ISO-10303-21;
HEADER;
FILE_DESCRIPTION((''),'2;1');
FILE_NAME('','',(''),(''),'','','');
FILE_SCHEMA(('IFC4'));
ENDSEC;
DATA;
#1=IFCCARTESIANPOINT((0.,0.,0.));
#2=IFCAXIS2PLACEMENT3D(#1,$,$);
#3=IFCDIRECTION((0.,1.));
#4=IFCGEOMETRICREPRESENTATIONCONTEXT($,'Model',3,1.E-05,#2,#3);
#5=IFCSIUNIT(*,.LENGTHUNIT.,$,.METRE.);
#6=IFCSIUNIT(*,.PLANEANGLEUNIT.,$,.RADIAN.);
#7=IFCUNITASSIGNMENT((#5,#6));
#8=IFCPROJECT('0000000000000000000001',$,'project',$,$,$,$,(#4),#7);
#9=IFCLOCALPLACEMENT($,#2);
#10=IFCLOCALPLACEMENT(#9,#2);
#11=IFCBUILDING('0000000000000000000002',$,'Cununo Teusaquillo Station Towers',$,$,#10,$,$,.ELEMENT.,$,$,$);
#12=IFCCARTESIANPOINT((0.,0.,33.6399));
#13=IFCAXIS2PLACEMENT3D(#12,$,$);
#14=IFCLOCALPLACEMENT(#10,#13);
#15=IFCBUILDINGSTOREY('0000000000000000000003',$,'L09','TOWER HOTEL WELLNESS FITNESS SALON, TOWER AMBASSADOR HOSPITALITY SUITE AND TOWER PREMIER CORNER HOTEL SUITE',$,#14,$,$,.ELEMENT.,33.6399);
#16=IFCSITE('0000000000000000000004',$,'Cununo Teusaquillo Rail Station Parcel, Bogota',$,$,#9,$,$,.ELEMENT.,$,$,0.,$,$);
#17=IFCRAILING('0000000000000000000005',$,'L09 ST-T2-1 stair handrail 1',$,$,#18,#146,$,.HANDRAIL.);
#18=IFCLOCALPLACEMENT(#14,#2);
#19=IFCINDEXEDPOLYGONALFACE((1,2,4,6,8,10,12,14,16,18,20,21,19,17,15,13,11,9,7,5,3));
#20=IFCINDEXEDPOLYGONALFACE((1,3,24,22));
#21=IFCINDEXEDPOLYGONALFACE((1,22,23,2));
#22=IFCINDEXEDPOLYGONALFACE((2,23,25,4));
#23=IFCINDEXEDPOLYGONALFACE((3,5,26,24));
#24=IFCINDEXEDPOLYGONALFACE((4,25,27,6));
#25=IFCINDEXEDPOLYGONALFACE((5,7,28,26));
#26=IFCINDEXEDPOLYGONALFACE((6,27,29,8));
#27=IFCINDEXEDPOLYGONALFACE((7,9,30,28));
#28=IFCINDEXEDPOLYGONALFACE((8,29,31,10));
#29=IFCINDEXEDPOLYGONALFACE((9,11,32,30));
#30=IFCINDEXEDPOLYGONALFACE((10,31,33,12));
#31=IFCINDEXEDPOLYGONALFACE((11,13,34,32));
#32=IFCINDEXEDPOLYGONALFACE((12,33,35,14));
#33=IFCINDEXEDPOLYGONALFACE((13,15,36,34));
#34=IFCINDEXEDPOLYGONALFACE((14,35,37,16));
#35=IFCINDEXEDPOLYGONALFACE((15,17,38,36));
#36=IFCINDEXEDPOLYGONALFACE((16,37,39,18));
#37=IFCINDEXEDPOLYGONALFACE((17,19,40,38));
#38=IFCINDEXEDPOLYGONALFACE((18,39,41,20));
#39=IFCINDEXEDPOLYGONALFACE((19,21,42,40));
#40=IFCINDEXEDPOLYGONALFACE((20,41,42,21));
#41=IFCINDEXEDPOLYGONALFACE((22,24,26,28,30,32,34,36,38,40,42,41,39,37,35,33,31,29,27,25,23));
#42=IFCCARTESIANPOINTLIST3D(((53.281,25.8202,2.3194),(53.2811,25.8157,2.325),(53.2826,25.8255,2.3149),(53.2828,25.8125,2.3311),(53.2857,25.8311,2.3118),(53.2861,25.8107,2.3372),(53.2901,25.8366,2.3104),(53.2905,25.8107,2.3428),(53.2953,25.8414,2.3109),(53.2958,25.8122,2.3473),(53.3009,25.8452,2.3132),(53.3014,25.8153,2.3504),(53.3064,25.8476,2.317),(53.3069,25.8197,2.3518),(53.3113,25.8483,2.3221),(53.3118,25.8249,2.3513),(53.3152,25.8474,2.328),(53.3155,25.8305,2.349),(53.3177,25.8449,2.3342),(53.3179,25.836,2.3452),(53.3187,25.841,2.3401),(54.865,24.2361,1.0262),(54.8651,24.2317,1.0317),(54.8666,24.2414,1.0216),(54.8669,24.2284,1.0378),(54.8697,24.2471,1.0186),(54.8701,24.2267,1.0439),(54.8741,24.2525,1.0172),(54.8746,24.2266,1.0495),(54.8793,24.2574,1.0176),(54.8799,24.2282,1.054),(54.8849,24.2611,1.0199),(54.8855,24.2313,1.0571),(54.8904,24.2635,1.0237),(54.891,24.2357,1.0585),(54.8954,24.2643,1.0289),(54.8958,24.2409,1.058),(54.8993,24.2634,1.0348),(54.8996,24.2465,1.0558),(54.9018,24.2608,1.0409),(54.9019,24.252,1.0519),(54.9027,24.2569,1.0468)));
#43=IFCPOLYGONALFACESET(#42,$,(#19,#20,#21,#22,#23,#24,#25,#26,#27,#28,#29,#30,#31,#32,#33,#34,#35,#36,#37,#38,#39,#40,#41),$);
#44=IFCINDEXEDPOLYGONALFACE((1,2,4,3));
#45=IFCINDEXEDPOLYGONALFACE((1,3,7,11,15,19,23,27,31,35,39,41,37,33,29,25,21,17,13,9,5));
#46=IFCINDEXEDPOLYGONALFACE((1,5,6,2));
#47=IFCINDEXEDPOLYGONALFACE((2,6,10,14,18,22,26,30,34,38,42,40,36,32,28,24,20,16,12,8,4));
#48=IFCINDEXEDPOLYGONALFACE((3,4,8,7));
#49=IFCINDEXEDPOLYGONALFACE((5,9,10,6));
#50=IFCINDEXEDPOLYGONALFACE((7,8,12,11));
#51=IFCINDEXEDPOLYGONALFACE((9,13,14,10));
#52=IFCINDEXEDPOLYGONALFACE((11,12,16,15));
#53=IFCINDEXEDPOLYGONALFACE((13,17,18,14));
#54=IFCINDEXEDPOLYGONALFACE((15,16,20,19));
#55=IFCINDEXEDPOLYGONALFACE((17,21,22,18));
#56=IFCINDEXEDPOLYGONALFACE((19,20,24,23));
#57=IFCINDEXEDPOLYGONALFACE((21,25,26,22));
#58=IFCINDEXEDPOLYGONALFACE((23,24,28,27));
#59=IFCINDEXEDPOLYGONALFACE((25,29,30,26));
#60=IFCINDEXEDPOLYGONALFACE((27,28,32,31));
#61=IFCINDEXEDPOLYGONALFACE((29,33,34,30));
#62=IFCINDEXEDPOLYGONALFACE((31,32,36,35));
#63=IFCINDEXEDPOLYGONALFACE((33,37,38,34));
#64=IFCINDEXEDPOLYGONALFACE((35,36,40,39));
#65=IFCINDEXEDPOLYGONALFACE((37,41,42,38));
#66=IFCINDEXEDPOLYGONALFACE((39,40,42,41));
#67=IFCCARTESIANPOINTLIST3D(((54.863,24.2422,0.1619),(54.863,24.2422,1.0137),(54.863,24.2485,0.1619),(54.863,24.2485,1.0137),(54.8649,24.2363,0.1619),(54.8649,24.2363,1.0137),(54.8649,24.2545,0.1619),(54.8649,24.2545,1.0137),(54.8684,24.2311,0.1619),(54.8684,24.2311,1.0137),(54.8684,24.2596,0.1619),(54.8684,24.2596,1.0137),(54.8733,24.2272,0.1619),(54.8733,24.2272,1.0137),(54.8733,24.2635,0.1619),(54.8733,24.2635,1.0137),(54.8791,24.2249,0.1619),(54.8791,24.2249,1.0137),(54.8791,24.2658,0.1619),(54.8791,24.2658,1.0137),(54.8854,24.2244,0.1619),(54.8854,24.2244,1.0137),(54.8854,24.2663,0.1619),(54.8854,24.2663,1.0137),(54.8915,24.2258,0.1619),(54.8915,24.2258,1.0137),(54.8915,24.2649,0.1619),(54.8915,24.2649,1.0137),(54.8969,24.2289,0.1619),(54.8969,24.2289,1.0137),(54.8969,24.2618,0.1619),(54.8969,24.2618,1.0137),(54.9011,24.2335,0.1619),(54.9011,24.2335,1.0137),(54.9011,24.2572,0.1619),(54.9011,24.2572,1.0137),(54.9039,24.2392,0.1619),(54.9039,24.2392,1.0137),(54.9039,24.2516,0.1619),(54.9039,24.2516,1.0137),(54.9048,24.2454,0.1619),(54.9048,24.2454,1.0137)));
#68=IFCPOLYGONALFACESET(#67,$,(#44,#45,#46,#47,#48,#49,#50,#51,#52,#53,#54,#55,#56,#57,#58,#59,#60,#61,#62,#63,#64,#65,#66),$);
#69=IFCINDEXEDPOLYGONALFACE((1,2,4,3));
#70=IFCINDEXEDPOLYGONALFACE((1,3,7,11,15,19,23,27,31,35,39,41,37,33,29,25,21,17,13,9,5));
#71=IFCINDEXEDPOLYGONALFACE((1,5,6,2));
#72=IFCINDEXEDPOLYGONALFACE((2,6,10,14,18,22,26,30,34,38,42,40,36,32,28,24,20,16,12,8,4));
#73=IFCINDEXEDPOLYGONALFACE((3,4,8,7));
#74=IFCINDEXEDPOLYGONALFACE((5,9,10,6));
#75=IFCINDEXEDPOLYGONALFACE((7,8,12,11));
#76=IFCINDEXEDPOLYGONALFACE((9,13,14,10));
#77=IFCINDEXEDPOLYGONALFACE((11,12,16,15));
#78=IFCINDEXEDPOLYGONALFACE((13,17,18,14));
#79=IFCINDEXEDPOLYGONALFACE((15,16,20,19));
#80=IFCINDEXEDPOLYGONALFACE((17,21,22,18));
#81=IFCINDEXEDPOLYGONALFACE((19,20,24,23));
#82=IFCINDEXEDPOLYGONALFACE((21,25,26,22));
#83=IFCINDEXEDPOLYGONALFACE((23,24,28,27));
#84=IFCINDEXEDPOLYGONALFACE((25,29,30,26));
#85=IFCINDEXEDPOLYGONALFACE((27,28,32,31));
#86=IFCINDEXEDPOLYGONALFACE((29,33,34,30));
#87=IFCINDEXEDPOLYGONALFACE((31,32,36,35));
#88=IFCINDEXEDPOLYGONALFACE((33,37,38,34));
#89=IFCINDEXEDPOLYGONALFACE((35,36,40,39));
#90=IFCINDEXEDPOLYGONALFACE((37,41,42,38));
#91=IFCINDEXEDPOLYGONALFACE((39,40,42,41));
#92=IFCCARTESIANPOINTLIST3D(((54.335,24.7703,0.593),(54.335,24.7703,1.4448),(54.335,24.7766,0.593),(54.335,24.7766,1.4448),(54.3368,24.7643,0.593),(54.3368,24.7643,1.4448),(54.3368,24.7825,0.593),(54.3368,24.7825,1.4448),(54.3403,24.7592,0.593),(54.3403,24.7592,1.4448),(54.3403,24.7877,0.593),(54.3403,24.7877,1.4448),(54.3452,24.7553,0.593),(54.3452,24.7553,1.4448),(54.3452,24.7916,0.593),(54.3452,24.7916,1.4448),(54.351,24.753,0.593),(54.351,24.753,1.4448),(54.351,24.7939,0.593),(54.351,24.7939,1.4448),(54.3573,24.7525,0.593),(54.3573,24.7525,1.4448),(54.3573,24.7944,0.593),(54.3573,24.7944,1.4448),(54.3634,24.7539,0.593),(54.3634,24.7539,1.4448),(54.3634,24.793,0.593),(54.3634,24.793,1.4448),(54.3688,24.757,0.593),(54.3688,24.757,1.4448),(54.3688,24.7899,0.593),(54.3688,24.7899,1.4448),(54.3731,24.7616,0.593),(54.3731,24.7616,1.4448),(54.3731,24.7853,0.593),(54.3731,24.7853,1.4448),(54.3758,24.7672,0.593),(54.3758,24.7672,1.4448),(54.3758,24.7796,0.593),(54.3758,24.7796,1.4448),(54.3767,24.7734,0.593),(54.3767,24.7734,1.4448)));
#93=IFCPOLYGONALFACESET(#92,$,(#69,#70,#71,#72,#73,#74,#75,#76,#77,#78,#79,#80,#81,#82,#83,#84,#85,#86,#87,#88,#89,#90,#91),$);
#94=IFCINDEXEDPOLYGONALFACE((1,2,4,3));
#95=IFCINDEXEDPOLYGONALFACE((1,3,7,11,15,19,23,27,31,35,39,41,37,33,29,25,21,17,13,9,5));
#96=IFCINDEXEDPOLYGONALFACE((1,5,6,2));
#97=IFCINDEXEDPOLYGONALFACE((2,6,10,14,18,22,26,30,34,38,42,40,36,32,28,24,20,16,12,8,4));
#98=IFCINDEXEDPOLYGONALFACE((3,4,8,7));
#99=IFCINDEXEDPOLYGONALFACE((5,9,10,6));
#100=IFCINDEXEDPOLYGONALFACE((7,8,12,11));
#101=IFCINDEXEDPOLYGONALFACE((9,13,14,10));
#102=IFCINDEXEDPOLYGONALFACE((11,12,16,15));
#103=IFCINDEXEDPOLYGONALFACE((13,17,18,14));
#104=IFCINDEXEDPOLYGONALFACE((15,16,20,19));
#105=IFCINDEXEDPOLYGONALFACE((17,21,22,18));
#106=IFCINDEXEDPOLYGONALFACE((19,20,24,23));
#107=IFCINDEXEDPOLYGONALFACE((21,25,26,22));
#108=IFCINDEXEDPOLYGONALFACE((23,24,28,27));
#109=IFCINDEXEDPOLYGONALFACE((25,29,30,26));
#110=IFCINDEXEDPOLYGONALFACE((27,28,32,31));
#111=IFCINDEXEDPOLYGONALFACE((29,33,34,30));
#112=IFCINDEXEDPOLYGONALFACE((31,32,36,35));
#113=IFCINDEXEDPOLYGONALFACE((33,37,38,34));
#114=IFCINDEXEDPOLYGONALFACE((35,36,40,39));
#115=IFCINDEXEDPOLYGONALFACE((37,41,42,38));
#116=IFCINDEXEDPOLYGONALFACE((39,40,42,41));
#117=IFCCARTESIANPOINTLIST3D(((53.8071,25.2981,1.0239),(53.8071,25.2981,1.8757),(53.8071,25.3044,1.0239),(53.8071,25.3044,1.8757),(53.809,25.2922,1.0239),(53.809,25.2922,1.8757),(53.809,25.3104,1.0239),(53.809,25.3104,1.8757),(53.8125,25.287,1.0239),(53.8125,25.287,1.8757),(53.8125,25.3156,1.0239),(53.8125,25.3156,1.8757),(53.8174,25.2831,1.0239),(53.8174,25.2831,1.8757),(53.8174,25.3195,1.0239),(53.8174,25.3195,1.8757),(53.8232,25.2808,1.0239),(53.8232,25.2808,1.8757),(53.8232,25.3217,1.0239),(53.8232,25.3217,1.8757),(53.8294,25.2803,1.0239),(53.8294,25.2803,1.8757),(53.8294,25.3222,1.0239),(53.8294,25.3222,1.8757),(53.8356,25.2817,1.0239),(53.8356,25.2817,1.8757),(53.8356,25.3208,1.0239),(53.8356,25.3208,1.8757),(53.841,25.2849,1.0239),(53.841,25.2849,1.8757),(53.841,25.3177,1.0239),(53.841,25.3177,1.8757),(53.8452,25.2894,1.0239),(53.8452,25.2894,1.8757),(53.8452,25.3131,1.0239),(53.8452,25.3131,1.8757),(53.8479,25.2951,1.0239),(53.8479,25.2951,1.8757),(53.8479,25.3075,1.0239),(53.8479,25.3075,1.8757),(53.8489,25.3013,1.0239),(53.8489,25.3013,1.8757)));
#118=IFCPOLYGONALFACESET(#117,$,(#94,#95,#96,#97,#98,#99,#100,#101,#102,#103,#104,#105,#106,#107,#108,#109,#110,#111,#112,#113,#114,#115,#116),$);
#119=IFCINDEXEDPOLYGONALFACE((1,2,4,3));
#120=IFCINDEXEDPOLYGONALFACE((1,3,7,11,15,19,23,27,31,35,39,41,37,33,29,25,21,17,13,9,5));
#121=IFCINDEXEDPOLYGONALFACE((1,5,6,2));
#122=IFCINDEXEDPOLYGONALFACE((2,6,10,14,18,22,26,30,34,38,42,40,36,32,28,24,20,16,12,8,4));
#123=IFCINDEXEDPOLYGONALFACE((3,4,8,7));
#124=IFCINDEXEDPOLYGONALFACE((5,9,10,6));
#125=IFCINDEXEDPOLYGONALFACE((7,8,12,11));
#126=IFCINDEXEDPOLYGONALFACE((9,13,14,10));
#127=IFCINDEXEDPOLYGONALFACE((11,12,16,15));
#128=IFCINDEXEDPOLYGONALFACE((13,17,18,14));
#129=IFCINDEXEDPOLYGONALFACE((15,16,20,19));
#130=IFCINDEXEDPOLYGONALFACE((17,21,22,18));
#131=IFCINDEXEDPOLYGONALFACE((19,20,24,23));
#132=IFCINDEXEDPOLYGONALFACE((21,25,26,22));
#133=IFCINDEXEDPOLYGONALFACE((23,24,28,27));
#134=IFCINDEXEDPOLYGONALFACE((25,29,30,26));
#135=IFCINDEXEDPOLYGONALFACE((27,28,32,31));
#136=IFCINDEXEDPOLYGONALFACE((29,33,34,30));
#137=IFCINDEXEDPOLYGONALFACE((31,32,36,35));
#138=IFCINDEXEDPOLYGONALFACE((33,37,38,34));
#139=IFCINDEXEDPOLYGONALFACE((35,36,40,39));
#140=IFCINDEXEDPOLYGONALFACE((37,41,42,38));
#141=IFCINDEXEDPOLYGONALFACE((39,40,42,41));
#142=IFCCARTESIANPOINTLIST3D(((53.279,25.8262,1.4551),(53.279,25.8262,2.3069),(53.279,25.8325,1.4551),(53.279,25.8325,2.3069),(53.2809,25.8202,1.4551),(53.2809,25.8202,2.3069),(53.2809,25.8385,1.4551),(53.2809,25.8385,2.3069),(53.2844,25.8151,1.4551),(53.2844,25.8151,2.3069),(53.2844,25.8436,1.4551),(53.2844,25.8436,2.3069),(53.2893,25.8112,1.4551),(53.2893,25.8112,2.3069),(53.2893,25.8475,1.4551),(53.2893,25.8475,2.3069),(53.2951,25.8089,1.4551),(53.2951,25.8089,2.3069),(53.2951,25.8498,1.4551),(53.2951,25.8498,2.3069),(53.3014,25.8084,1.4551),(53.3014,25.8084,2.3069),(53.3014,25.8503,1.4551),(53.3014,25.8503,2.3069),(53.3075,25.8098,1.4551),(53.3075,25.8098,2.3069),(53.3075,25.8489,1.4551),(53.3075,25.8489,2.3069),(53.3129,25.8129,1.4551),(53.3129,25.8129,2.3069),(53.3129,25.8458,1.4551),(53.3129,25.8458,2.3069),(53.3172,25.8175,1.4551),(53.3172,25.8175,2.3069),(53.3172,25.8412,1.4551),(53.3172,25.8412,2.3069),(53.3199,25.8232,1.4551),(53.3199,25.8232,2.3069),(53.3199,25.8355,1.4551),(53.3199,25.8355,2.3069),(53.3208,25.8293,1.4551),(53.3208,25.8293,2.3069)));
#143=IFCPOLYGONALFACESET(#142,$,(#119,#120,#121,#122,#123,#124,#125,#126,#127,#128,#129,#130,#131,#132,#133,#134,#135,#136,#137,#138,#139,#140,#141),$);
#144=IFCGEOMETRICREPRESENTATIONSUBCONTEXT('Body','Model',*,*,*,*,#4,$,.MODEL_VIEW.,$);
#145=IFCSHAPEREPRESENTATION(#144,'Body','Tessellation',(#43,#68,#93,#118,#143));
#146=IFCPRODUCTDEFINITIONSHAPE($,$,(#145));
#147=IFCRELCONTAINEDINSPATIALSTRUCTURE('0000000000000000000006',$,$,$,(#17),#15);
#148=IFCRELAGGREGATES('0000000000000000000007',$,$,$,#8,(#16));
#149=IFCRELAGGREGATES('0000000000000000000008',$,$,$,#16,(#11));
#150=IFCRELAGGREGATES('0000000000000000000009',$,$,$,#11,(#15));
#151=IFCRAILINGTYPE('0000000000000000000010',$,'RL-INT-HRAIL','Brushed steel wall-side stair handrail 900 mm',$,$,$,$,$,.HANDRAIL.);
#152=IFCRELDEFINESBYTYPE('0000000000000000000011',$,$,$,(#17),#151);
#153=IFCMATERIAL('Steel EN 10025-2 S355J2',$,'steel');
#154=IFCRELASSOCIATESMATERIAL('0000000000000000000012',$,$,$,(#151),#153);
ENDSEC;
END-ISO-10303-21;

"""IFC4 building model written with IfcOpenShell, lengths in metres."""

from ifc_helpers import new_model, si_unit, direction, frame, origin, origin_2d, place, context, subcontext, project, spatial, circle, extrude, material, type_object, element, save


model = new_model("IFC4")

# Units and contexts
model_context = context("Model", 3, precision=1e-05, world=origin(), true_north=direction((0.0, 1.0)))
body_context = subcontext(model_context, "Body", "Model", "MODEL_VIEW")
ifc_project = project(units=[si_unit("LENGTHUNIT", "METRE"), si_unit("PLANEANGLEUNIT", "RADIAN")], contexts=[model_context])

# Site, building, storey
site_placement = place(None, origin())
site = spatial("IfcSite", under=ifc_project, at=site_placement, Name="Cununo Teusaquillo Rail Station Parcel, Bogota", CompositionType="ELEMENT", RefElevation=0.0)
building_placement = place(site_placement, origin())
building = spatial("IfcBuilding", under=site, at=building_placement, Name="Cununo Teusaquillo Station Towers", CompositionType="ELEMENT")
storey_placement = place(building_placement, frame((0.0, 0.0, 33.6399)))
storey = spatial("IfcBuildingStorey", under=building, at=storey_placement, Name="L09", Description="TOWER HOTEL WELLNESS FITNESS SALON, TOWER AMBASSADOR HOSPITALITY SUITE AND TOWER PREMIER CORNER HOTEL SUITE", CompositionType="ELEMENT", Elevation=33.6399)

# Railing
ifc_material_1 = material(Name="Steel EN 10025-2 S355J2", Category="steel")
railing_type_1 = type_object("IfcRailingType", Name="RL-INT-HRAIL", Description="Brushed steel wall-side stair handrail 900 mm", PredefinedType="HANDRAIL", material=ifc_material_1)
railing_1_placement = place(storey_placement, frame((54.8838, 24.2454, 0.1619)))
element("IfcRailing", 1, at=railing_1_placement, inside=storey, type_object=railing_type_1, Name="L09 ST-T2-1 stair handrail 1", PredefinedType="HANDRAIL", context=body_context, shape_type="SweptSolid", body=[
    extrude(circle(Radius=0.0239, at=origin_2d()), frame((0.0, 0.0, 0.876), z_axis=(-0.612385, 0.612385, 0.49997), x_axis=(-0.707107, -0.707107, 0.0)), (0.0, 0.0, 1.0), 2.5867),
    extrude(circle(Radius=0.021, at=origin_2d()), origin(), (0.0, 0.0, 1.0), 0.8518),
    extrude(circle(Radius=0.021, at=origin_2d()), frame((-0.5281, 0.5281, 0.4312)), (0.0, 0.0, 1.0), 0.8518),
    extrude(circle(Radius=0.021, at=origin_2d()), frame((-1.0559, 1.0559, 0.8621)), (0.0, 0.0, 1.0), 0.8518),
    extrude(circle(Radius=0.021, at=origin_2d()), frame((-1.584, 1.584, 1.2932)), (0.0, 0.0, 1.0), 0.8518),
])

save(model, "model.ifc")
